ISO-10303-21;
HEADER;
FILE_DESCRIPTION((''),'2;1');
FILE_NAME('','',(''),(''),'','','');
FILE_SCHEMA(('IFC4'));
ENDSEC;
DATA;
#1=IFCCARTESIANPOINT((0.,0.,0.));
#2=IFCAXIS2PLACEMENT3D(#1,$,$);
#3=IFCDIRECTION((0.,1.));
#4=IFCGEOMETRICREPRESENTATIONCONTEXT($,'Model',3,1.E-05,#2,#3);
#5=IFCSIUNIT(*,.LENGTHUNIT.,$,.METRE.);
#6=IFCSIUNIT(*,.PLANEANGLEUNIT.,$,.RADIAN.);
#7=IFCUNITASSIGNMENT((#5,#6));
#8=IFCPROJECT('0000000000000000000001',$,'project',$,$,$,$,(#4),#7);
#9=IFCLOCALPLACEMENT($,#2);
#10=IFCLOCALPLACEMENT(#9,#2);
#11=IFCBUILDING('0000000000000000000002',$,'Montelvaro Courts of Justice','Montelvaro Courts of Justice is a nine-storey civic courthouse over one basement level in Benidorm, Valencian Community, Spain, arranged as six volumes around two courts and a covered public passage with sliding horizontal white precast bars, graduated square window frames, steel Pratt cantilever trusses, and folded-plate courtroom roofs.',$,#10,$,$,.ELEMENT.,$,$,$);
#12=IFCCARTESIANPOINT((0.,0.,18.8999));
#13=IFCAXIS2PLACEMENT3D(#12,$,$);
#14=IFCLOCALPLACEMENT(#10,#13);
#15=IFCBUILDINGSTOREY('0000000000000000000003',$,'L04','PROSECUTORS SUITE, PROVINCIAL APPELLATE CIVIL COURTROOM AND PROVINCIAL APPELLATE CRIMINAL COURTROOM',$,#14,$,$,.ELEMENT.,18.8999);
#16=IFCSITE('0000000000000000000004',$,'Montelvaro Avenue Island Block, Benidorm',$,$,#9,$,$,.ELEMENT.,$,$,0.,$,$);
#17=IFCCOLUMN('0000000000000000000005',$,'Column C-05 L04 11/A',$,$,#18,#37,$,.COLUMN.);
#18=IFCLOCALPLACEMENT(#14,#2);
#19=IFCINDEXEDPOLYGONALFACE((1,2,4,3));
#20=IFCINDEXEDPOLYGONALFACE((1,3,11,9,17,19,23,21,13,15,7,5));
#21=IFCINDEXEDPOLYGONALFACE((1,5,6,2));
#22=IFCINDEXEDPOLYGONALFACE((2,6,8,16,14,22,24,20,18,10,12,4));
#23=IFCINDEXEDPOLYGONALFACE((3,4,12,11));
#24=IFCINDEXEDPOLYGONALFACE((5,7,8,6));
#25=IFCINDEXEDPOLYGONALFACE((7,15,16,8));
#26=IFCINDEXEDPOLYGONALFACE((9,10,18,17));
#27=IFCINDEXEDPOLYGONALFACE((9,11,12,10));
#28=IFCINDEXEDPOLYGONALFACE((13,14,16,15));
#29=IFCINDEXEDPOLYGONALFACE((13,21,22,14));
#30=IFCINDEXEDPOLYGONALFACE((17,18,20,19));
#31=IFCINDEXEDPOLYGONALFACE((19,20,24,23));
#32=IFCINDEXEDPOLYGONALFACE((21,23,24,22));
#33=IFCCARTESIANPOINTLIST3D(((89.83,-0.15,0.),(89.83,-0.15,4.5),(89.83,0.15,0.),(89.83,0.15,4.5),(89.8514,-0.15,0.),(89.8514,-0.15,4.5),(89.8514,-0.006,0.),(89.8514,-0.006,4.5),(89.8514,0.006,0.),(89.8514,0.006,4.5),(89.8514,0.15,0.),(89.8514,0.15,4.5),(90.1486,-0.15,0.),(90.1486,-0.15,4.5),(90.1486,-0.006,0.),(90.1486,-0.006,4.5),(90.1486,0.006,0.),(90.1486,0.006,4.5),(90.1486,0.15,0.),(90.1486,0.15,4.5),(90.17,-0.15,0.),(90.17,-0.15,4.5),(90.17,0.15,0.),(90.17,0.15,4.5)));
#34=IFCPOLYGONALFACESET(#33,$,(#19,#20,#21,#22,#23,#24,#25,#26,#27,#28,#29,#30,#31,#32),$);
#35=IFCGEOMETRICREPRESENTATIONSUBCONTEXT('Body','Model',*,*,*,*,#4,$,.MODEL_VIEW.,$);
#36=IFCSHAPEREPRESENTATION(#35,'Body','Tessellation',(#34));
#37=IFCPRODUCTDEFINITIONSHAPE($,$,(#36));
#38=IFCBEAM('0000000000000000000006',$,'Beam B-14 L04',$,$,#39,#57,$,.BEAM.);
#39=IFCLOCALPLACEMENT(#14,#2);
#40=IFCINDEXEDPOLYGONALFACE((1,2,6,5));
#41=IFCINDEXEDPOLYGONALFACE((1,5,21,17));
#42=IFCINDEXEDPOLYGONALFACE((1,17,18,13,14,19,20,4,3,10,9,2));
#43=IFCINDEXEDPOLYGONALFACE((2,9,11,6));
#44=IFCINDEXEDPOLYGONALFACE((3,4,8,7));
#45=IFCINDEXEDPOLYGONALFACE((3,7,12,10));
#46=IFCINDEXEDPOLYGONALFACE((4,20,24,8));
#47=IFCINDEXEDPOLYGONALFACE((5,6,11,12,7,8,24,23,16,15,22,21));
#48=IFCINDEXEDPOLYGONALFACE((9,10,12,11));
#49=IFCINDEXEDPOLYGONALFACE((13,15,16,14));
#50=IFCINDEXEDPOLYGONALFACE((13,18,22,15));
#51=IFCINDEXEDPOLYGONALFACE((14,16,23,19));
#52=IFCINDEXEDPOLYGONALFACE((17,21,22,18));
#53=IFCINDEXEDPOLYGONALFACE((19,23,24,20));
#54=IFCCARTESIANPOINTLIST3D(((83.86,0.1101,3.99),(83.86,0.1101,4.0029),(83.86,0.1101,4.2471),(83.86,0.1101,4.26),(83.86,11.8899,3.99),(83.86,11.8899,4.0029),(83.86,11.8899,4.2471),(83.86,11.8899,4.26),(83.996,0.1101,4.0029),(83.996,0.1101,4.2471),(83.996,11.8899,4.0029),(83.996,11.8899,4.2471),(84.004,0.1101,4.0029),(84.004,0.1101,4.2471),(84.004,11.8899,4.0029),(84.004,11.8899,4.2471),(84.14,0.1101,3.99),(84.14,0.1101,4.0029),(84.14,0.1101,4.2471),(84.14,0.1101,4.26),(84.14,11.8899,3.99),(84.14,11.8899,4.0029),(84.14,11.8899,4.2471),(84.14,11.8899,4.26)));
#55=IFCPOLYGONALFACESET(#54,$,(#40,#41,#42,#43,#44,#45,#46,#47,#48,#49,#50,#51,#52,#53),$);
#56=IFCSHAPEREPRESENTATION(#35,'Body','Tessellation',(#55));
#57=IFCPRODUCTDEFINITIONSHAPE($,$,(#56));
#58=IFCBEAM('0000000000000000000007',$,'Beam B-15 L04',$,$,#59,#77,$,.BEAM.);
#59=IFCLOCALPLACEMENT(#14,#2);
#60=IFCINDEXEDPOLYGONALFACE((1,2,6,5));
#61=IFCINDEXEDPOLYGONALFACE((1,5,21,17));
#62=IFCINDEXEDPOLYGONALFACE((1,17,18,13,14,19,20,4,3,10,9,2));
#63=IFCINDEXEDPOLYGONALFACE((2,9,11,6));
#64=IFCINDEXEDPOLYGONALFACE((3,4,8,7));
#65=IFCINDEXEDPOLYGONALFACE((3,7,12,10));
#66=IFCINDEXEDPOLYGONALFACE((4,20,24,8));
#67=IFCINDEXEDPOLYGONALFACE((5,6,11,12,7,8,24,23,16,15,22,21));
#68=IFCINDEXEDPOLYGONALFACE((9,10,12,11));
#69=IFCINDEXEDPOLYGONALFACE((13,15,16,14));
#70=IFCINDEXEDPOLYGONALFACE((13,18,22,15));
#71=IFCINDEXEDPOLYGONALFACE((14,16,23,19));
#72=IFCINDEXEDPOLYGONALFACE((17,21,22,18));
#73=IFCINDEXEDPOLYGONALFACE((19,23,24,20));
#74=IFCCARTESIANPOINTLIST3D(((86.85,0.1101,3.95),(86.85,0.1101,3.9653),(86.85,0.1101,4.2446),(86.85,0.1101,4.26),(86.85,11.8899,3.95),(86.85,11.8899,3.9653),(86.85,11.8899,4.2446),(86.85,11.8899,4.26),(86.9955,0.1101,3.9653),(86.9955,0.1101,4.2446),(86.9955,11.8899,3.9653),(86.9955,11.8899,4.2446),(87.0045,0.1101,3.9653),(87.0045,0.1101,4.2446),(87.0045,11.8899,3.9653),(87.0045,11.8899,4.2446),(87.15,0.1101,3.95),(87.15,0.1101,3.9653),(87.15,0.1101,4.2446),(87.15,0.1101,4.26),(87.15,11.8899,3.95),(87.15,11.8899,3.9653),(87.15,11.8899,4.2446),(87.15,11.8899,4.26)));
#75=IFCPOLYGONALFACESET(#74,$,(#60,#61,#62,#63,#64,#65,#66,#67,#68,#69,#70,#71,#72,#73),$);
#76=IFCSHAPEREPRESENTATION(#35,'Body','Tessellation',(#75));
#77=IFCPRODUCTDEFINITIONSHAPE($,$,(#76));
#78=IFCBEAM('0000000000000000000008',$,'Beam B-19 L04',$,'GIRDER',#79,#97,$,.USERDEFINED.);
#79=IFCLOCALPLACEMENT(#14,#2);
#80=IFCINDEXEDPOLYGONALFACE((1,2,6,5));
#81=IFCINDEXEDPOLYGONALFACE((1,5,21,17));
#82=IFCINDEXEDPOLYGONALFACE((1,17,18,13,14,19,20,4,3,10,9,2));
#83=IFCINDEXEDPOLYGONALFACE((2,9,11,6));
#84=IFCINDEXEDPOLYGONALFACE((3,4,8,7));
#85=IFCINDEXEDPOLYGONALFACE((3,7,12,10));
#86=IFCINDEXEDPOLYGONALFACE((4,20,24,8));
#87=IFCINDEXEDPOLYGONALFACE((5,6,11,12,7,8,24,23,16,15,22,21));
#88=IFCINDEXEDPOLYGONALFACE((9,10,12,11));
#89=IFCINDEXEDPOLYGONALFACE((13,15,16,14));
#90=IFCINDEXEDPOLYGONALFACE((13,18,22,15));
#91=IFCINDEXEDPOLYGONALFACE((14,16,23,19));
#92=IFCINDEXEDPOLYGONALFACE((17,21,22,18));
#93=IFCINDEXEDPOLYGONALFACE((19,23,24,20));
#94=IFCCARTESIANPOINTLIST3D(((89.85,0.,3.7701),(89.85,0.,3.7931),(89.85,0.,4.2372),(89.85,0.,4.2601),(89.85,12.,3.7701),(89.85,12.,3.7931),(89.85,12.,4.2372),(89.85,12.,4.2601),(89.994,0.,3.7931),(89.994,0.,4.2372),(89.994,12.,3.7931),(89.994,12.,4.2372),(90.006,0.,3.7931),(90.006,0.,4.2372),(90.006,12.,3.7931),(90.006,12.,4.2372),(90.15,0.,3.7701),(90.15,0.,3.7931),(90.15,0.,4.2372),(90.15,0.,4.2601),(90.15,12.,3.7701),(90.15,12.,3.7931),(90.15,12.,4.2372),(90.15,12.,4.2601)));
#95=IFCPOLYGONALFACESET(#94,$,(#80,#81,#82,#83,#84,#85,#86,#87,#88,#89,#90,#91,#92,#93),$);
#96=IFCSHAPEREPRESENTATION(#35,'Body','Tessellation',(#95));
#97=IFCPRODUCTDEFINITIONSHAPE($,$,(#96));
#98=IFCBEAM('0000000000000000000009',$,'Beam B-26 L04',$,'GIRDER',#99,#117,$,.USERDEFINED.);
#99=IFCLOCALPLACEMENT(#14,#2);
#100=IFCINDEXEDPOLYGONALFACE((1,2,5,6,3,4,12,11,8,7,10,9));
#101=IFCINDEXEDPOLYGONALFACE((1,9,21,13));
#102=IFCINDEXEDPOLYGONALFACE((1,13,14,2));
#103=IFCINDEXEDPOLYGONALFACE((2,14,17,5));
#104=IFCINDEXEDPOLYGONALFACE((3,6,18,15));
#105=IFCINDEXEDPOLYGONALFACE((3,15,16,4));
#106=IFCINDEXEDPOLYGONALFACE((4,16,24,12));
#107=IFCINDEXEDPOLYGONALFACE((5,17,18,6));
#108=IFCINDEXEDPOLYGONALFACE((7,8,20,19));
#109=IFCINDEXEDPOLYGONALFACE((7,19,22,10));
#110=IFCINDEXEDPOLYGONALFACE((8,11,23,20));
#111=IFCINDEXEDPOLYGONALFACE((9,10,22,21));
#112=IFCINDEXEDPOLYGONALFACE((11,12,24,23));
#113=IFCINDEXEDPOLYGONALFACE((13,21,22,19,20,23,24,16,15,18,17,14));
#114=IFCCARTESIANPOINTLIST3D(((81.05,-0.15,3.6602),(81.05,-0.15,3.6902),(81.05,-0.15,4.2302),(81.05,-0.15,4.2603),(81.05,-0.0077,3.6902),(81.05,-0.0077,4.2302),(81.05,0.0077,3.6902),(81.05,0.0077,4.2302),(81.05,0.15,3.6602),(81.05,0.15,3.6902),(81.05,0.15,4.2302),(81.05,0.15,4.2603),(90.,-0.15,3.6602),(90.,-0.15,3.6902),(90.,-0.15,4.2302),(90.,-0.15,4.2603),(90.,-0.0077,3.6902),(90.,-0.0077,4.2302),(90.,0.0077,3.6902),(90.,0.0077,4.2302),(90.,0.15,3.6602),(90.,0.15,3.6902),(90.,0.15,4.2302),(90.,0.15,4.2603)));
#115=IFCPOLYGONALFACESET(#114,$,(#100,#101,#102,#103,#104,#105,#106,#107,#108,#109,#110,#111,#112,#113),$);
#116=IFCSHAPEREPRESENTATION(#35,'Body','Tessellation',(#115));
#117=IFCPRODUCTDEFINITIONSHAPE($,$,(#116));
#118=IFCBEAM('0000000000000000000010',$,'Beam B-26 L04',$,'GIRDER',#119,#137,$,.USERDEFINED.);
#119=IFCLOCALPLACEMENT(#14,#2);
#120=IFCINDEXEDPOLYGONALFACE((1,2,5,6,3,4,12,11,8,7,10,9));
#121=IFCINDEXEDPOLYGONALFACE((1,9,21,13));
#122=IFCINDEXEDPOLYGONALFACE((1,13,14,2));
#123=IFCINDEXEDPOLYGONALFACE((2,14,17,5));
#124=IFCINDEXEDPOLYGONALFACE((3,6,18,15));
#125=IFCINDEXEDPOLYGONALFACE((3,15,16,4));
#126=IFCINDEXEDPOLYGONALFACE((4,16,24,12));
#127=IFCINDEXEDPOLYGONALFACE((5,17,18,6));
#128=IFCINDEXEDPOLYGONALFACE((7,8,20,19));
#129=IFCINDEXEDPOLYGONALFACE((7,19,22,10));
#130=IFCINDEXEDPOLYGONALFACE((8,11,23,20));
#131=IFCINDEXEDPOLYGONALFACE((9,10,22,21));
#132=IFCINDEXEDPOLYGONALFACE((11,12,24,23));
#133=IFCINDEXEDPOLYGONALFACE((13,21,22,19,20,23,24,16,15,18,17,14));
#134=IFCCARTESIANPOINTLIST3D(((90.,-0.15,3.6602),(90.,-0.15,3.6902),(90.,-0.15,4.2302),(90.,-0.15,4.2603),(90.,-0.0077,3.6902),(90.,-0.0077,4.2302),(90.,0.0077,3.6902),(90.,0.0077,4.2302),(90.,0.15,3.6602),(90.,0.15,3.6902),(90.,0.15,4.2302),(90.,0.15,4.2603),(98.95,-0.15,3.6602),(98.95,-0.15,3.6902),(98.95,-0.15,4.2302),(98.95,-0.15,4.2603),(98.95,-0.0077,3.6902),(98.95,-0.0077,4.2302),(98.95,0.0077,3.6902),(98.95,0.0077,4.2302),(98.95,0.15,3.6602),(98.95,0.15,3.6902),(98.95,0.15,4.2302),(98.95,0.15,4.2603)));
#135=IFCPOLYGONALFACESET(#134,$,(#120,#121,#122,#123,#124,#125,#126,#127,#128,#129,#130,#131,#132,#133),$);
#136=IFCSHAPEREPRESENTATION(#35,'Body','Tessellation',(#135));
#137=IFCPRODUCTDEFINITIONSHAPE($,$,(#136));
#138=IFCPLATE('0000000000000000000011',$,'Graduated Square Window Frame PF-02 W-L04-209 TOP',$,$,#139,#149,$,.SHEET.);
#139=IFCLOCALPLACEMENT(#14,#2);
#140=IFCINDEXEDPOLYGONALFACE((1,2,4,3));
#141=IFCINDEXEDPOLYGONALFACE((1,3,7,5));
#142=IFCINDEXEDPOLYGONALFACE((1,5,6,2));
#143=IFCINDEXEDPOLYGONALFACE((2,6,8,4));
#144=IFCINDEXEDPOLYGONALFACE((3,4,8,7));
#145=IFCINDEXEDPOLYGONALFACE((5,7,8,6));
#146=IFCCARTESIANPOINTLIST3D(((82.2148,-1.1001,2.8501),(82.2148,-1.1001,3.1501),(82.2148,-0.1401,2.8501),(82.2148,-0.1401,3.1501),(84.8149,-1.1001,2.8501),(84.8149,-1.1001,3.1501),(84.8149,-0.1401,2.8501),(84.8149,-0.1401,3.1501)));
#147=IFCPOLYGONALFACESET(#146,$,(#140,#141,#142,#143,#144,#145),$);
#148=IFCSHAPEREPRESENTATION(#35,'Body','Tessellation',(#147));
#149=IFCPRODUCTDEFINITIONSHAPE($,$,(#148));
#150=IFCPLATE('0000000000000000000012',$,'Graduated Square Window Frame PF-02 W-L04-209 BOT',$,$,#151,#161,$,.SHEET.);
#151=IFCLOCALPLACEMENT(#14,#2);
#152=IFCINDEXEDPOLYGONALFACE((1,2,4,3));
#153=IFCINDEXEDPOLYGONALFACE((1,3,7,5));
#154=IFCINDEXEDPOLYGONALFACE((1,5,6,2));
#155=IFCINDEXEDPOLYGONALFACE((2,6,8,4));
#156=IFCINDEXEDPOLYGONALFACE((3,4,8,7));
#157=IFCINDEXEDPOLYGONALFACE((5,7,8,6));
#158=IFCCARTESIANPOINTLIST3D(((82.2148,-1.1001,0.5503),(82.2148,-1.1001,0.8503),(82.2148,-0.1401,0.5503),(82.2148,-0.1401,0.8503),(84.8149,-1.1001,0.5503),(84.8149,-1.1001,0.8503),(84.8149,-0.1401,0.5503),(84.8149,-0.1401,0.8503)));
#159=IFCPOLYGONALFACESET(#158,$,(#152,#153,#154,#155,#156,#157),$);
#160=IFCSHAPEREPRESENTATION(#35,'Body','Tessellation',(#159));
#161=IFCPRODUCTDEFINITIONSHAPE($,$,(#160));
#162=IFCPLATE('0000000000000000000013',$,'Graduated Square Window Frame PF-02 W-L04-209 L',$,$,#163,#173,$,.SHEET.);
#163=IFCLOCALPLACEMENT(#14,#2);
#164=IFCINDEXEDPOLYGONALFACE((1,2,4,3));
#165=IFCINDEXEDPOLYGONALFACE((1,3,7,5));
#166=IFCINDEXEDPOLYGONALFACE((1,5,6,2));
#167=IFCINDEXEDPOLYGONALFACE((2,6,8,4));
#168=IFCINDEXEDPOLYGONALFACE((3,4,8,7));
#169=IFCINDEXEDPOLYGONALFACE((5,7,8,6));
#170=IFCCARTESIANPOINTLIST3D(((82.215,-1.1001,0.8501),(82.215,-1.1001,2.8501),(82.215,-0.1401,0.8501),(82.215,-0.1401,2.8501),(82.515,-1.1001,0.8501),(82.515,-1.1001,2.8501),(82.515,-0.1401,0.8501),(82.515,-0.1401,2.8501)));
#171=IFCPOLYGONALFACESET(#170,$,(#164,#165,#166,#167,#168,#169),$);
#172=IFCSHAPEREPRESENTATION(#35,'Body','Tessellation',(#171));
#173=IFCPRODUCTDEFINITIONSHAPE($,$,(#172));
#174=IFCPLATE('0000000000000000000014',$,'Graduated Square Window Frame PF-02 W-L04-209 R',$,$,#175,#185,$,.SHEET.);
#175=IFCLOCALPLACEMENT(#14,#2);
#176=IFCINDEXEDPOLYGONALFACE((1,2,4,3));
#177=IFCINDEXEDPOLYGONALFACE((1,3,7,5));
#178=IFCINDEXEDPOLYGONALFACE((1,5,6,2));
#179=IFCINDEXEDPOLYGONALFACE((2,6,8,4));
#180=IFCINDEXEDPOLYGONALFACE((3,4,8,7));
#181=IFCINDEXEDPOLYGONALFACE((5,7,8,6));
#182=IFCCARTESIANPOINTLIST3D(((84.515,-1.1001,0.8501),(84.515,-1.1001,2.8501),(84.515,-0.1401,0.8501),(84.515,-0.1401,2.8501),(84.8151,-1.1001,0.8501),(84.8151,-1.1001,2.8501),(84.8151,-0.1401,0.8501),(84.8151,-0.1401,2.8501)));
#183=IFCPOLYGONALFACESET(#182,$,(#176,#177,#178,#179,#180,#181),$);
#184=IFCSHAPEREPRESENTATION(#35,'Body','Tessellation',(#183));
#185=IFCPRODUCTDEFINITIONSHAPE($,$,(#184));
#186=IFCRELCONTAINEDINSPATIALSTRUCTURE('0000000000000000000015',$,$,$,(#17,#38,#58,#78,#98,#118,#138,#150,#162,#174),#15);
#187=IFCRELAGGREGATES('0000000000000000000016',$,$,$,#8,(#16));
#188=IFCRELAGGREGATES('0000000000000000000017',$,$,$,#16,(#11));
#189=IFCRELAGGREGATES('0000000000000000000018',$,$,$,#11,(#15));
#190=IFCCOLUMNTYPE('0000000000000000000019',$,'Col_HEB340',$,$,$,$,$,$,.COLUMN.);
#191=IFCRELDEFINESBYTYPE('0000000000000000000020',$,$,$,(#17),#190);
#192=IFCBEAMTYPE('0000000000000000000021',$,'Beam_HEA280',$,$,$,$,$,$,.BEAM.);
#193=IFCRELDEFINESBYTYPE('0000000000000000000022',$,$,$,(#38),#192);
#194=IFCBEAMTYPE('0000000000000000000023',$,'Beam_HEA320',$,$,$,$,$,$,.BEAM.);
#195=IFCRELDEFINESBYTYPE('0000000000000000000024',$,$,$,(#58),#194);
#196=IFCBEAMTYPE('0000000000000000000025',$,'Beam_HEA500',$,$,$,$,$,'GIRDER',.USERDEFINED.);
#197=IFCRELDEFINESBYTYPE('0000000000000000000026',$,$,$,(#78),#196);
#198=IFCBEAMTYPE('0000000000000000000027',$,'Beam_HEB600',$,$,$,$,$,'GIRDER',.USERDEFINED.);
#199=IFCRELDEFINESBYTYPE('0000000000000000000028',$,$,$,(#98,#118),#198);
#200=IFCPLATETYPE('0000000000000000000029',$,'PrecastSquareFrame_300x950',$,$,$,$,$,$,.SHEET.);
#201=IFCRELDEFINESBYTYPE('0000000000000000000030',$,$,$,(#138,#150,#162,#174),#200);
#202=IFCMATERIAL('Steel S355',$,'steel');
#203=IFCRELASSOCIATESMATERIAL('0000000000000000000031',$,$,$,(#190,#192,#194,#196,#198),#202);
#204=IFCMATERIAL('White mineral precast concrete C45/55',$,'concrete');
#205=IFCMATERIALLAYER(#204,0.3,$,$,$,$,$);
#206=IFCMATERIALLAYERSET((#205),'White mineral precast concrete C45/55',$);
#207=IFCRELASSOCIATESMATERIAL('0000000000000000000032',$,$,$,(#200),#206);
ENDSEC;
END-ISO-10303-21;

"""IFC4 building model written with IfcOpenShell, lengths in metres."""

from ifc_helpers import new_model, si_unit, direction, frame, origin, origin_2d, place, context, subcontext, project, spatial, rectangle, i_section, extrude, material, layer, layer_set, material_profile, profile_set, type_object, element, save


model = new_model("IFC4")

# Units and contexts
model_context = context("Model", 3, precision=1e-05, world=origin(), true_north=direction((0.0, 1.0)))
body_context = subcontext(model_context, "Body", "Model", "MODEL_VIEW")
ifc_project = project(units=[si_unit("LENGTHUNIT", "METRE"), si_unit("PLANEANGLEUNIT", "RADIAN")], contexts=[model_context])

# Site, building, storey
site_placement = place(None, origin())
site = spatial("IfcSite", under=ifc_project, at=site_placement, Name="Montelvaro Avenue Island Block, Benidorm", CompositionType="ELEMENT", RefElevation=0.0)
building_placement = place(site_placement, origin())
building = spatial("IfcBuilding", under=site, at=building_placement, Name="Montelvaro Courts of Justice", Description="Montelvaro Courts of Justice is a nine-storey civic courthouse over one basement level in Benidorm, Valencian Community, Spain, arranged as six volumes around two courts and a covered public passage with sliding horizontal white precast bars, graduated square window frames, steel Pratt cantilever trusses, and folded-plate courtroom roofs.", CompositionType="ELEMENT")
storey_placement = place(building_placement, frame((0.0, 0.0, 18.8999)))
storey = spatial("IfcBuildingStorey", under=building, at=storey_placement, Name="L04", Description="PROSECUTORS SUITE, PROVINCIAL APPELLATE CIVIL COURTROOM AND PROVINCIAL APPELLATE CRIMINAL COURTROOM", CompositionType="ELEMENT", Elevation=18.8999)

# Column
ifc_material_1 = material(Name="Steel S355", Category="steel")
ifc_material_profile_1 = material_profile(ifc_material_1, i_section(OverallWidth=0.3, OverallDepth=0.3401, WebThickness=0.012, FlangeThickness=0.0215, at=origin_2d()), Name="HEB 340")
ifc_profile_set_1 = profile_set([ifc_material_profile_1], Name="Steel S355")
column_type = type_object("IfcColumnType", Name="Col_HEB340", PredefinedType="COLUMN", material=ifc_profile_set_1)
column_placement = place(storey_placement, frame((90.0, 0.0, 0.0), z_axis=(0.0, 0.0, 1.0), x_axis=(0.0, 1.0, 0.0)))
element("IfcColumn", 1, at=column_placement, inside=storey, type_object=column_type, Name="Column C-05 L04 11/A", PredefinedType="COLUMN", context=body_context, shape_type="SweptSolid", body=[
    extrude(i_section(OverallWidth=0.3, OverallDepth=0.3401, WebThickness=0.012, FlangeThickness=0.0215, at=origin_2d()), origin(), (0.0, 0.0, 1.0), 4.5),
])

# Beams
ifc_material_profile_2 = material_profile(ifc_material_1, i_section(OverallWidth=0.28, OverallDepth=0.27, WebThickness=0.0081, FlangeThickness=0.0129, at=origin_2d()), Name="HEA 280")
ifc_profile_set_2 = profile_set([ifc_material_profile_2], Name="Steel S355")
beam_type_1 = type_object("IfcBeamType", Name="Beam_HEA280", PredefinedType="BEAM", material=ifc_profile_set_2)
beam_1_placement = place(storey_placement, frame((84.0, 0.1101, 4.125), z_axis=(0.0, 1.0, 0.0), x_axis=(-1.0, 0.0, 0.0)))
element("IfcBeam", 2, at=beam_1_placement, inside=storey, type_object=beam_type_1, Name="Beam B-14 L04", PredefinedType="BEAM", context=body_context, shape_type="SweptSolid", body=[
    extrude(i_section(OverallWidth=0.28, OverallDepth=0.27, WebThickness=0.0081, FlangeThickness=0.0129, at=origin_2d()), origin(), (0.0, 0.0, 1.0), 11.7798),
])
ifc_material_profile_3 = material_profile(ifc_material_1, i_section(OverallWidth=0.3, OverallDepth=0.3101, WebThickness=0.009, FlangeThickness=0.0154, at=origin_2d()), Name="HEA 320")
ifc_profile_set_3 = profile_set([ifc_material_profile_3], Name="Steel S355")
beam_type_2 = type_object("IfcBeamType", Name="Beam_HEA320", PredefinedType="BEAM", material=ifc_profile_set_3)
beam_2_placement = place(storey_placement, frame((87.0, 0.1101, 4.105), z_axis=(0.0, 1.0, 0.0), x_axis=(-1.0, 0.0, 0.0)))
element("IfcBeam", 3, at=beam_2_placement, inside=storey, type_object=beam_type_2, Name="Beam B-15 L04", PredefinedType="BEAM", context=body_context, shape_type="SweptSolid", body=[
    extrude(i_section(OverallWidth=0.3, OverallDepth=0.3101, WebThickness=0.009, FlangeThickness=0.0154, at=origin_2d()), origin(), (0.0, 0.0, 1.0), 11.7798),
])
ifc_material_profile_4 = material_profile(ifc_material_1, i_section(OverallWidth=0.3, OverallDepth=0.49, WebThickness=0.012, FlangeThickness=0.0229, at=origin_2d()), Name="HEA 500")
ifc_profile_set_4 = profile_set([ifc_material_profile_4], Name="Steel S355")
beam_type_3 = type_object("IfcBeamType", Name="Beam_HEA500", ElementType="GIRDER", PredefinedType="USERDEFINED", material=ifc_profile_set_4)
beam_3_placement = place(storey_placement, frame((90.0, 0.0, 4.0151), z_axis=(0.0, 1.0, 0.0), x_axis=(-1.0, 0.0, 0.0)))
element("IfcBeam", 4, at=beam_3_placement, inside=storey, type_object=beam_type_3, Name="Beam B-19 L04", ObjectType="GIRDER", PredefinedType="USERDEFINED", context=body_context, shape_type="SweptSolid", body=[
    extrude(i_section(OverallWidth=0.3, OverallDepth=0.49, WebThickness=0.012, FlangeThickness=0.0229, at=origin_2d()), origin(), (0.0, 0.0, 1.0), 12.0),
])
ifc_material_profile_5 = material_profile(ifc_material_1, i_section(OverallWidth=0.3, OverallDepth=0.6001, WebThickness=0.0154, FlangeThickness=0.03, at=origin_2d()), Name="HEB 600")
ifc_profile_set_5 = profile_set([ifc_material_profile_5], Name="Steel S355")
beam_type_4 = type_object("IfcBeamType", Name="Beam_HEB600", ElementType="GIRDER", PredefinedType="USERDEFINED", material=ifc_profile_set_5)
for number, where, z_axis, x_axis, name in (
    (5, (81.05, 0.0, 3.9602), (1.0, 0.0, 0.0), (0.0, 1.0, 0.0), "Beam B-26 L04"),
    (6, (90.0, 0.0, 3.9602), (1.0, 0.0, 0.0), (0.0, 1.0, 0.0), "Beam B-26 L04"),
):
    element("IfcBeam", number, at=place(storey_placement, frame(where, z_axis=z_axis, x_axis=x_axis)), inside=storey, type_object=beam_type_4, Name=name, ObjectType="GIRDER", PredefinedType="USERDEFINED", context=body_context, shape_type="SweptSolid", body=[
        extrude(i_section(OverallWidth=0.3, OverallDepth=0.6001, WebThickness=0.0154, FlangeThickness=0.03, at=origin_2d()), origin(), (0.0, 0.0, 1.0), 8.95),
    ])

# Plates
ifc_material_2 = material(Name="White mineral precast concrete C45/55", Category="concrete")
ifc_layer_1 = layer(ifc_material_2, 0.3)
ifc_layer_set_1 = layer_set([ifc_layer_1], Name="White mineral precast concrete C45/55")
plate_type = type_object("IfcPlateType", Name="PrecastSquareFrame_300x950", PredefinedType="SHEET", material=ifc_layer_set_1)
for number, where, z_axis, x_axis, name in (
    (7, (83.5149, -0.6201, 2.8501), (0.0, 0.0, 1.0), (1.0, 0.0, 0.0), "Graduated Square Window Frame PF-02 W-L04-209 TOP"),
    (8, (83.5149, -0.6201, 0.5503), (0.0, 0.0, 1.0), (1.0, 0.0, 0.0), "Graduated Square Window Frame PF-02 W-L04-209 BOT"),
):
    element("IfcPlate", number, at=place(storey_placement, frame(where, z_axis=z_axis, x_axis=x_axis)), inside=storey, type_object=plate_type, Name=name, PredefinedType="SHEET", context=body_context, shape_type="SweptSolid", body=[
        extrude(rectangle(XDim=2.6001, YDim=0.96, at=origin_2d()), origin(), (0.0, 0.0, 1.0), 0.3),
    ])
for number, where, z_axis, x_axis, name in (
    (9, (82.365, -0.6201, 0.8501), (0.0, 0.0, 1.0), (1.0, 0.0, 0.0), "Graduated Square Window Frame PF-02 W-L04-209 L"),
    (10, (84.665, -0.6201, 0.8501), (0.0, 0.0, 1.0), (1.0, 0.0, 0.0), "Graduated Square Window Frame PF-02 W-L04-209 R"),
):
    element("IfcPlate", number, at=place(storey_placement, frame(where, z_axis=z_axis, x_axis=x_axis)), inside=storey, type_object=plate_type, Name=name, PredefinedType="SHEET", context=body_context, shape_type="SweptSolid", body=[
        extrude(rectangle(XDim=0.3, YDim=0.96, at=origin_2d()), origin(), (0.0, 0.0, 1.0), 2.0),
    ])

save(model, "model.ifc")
